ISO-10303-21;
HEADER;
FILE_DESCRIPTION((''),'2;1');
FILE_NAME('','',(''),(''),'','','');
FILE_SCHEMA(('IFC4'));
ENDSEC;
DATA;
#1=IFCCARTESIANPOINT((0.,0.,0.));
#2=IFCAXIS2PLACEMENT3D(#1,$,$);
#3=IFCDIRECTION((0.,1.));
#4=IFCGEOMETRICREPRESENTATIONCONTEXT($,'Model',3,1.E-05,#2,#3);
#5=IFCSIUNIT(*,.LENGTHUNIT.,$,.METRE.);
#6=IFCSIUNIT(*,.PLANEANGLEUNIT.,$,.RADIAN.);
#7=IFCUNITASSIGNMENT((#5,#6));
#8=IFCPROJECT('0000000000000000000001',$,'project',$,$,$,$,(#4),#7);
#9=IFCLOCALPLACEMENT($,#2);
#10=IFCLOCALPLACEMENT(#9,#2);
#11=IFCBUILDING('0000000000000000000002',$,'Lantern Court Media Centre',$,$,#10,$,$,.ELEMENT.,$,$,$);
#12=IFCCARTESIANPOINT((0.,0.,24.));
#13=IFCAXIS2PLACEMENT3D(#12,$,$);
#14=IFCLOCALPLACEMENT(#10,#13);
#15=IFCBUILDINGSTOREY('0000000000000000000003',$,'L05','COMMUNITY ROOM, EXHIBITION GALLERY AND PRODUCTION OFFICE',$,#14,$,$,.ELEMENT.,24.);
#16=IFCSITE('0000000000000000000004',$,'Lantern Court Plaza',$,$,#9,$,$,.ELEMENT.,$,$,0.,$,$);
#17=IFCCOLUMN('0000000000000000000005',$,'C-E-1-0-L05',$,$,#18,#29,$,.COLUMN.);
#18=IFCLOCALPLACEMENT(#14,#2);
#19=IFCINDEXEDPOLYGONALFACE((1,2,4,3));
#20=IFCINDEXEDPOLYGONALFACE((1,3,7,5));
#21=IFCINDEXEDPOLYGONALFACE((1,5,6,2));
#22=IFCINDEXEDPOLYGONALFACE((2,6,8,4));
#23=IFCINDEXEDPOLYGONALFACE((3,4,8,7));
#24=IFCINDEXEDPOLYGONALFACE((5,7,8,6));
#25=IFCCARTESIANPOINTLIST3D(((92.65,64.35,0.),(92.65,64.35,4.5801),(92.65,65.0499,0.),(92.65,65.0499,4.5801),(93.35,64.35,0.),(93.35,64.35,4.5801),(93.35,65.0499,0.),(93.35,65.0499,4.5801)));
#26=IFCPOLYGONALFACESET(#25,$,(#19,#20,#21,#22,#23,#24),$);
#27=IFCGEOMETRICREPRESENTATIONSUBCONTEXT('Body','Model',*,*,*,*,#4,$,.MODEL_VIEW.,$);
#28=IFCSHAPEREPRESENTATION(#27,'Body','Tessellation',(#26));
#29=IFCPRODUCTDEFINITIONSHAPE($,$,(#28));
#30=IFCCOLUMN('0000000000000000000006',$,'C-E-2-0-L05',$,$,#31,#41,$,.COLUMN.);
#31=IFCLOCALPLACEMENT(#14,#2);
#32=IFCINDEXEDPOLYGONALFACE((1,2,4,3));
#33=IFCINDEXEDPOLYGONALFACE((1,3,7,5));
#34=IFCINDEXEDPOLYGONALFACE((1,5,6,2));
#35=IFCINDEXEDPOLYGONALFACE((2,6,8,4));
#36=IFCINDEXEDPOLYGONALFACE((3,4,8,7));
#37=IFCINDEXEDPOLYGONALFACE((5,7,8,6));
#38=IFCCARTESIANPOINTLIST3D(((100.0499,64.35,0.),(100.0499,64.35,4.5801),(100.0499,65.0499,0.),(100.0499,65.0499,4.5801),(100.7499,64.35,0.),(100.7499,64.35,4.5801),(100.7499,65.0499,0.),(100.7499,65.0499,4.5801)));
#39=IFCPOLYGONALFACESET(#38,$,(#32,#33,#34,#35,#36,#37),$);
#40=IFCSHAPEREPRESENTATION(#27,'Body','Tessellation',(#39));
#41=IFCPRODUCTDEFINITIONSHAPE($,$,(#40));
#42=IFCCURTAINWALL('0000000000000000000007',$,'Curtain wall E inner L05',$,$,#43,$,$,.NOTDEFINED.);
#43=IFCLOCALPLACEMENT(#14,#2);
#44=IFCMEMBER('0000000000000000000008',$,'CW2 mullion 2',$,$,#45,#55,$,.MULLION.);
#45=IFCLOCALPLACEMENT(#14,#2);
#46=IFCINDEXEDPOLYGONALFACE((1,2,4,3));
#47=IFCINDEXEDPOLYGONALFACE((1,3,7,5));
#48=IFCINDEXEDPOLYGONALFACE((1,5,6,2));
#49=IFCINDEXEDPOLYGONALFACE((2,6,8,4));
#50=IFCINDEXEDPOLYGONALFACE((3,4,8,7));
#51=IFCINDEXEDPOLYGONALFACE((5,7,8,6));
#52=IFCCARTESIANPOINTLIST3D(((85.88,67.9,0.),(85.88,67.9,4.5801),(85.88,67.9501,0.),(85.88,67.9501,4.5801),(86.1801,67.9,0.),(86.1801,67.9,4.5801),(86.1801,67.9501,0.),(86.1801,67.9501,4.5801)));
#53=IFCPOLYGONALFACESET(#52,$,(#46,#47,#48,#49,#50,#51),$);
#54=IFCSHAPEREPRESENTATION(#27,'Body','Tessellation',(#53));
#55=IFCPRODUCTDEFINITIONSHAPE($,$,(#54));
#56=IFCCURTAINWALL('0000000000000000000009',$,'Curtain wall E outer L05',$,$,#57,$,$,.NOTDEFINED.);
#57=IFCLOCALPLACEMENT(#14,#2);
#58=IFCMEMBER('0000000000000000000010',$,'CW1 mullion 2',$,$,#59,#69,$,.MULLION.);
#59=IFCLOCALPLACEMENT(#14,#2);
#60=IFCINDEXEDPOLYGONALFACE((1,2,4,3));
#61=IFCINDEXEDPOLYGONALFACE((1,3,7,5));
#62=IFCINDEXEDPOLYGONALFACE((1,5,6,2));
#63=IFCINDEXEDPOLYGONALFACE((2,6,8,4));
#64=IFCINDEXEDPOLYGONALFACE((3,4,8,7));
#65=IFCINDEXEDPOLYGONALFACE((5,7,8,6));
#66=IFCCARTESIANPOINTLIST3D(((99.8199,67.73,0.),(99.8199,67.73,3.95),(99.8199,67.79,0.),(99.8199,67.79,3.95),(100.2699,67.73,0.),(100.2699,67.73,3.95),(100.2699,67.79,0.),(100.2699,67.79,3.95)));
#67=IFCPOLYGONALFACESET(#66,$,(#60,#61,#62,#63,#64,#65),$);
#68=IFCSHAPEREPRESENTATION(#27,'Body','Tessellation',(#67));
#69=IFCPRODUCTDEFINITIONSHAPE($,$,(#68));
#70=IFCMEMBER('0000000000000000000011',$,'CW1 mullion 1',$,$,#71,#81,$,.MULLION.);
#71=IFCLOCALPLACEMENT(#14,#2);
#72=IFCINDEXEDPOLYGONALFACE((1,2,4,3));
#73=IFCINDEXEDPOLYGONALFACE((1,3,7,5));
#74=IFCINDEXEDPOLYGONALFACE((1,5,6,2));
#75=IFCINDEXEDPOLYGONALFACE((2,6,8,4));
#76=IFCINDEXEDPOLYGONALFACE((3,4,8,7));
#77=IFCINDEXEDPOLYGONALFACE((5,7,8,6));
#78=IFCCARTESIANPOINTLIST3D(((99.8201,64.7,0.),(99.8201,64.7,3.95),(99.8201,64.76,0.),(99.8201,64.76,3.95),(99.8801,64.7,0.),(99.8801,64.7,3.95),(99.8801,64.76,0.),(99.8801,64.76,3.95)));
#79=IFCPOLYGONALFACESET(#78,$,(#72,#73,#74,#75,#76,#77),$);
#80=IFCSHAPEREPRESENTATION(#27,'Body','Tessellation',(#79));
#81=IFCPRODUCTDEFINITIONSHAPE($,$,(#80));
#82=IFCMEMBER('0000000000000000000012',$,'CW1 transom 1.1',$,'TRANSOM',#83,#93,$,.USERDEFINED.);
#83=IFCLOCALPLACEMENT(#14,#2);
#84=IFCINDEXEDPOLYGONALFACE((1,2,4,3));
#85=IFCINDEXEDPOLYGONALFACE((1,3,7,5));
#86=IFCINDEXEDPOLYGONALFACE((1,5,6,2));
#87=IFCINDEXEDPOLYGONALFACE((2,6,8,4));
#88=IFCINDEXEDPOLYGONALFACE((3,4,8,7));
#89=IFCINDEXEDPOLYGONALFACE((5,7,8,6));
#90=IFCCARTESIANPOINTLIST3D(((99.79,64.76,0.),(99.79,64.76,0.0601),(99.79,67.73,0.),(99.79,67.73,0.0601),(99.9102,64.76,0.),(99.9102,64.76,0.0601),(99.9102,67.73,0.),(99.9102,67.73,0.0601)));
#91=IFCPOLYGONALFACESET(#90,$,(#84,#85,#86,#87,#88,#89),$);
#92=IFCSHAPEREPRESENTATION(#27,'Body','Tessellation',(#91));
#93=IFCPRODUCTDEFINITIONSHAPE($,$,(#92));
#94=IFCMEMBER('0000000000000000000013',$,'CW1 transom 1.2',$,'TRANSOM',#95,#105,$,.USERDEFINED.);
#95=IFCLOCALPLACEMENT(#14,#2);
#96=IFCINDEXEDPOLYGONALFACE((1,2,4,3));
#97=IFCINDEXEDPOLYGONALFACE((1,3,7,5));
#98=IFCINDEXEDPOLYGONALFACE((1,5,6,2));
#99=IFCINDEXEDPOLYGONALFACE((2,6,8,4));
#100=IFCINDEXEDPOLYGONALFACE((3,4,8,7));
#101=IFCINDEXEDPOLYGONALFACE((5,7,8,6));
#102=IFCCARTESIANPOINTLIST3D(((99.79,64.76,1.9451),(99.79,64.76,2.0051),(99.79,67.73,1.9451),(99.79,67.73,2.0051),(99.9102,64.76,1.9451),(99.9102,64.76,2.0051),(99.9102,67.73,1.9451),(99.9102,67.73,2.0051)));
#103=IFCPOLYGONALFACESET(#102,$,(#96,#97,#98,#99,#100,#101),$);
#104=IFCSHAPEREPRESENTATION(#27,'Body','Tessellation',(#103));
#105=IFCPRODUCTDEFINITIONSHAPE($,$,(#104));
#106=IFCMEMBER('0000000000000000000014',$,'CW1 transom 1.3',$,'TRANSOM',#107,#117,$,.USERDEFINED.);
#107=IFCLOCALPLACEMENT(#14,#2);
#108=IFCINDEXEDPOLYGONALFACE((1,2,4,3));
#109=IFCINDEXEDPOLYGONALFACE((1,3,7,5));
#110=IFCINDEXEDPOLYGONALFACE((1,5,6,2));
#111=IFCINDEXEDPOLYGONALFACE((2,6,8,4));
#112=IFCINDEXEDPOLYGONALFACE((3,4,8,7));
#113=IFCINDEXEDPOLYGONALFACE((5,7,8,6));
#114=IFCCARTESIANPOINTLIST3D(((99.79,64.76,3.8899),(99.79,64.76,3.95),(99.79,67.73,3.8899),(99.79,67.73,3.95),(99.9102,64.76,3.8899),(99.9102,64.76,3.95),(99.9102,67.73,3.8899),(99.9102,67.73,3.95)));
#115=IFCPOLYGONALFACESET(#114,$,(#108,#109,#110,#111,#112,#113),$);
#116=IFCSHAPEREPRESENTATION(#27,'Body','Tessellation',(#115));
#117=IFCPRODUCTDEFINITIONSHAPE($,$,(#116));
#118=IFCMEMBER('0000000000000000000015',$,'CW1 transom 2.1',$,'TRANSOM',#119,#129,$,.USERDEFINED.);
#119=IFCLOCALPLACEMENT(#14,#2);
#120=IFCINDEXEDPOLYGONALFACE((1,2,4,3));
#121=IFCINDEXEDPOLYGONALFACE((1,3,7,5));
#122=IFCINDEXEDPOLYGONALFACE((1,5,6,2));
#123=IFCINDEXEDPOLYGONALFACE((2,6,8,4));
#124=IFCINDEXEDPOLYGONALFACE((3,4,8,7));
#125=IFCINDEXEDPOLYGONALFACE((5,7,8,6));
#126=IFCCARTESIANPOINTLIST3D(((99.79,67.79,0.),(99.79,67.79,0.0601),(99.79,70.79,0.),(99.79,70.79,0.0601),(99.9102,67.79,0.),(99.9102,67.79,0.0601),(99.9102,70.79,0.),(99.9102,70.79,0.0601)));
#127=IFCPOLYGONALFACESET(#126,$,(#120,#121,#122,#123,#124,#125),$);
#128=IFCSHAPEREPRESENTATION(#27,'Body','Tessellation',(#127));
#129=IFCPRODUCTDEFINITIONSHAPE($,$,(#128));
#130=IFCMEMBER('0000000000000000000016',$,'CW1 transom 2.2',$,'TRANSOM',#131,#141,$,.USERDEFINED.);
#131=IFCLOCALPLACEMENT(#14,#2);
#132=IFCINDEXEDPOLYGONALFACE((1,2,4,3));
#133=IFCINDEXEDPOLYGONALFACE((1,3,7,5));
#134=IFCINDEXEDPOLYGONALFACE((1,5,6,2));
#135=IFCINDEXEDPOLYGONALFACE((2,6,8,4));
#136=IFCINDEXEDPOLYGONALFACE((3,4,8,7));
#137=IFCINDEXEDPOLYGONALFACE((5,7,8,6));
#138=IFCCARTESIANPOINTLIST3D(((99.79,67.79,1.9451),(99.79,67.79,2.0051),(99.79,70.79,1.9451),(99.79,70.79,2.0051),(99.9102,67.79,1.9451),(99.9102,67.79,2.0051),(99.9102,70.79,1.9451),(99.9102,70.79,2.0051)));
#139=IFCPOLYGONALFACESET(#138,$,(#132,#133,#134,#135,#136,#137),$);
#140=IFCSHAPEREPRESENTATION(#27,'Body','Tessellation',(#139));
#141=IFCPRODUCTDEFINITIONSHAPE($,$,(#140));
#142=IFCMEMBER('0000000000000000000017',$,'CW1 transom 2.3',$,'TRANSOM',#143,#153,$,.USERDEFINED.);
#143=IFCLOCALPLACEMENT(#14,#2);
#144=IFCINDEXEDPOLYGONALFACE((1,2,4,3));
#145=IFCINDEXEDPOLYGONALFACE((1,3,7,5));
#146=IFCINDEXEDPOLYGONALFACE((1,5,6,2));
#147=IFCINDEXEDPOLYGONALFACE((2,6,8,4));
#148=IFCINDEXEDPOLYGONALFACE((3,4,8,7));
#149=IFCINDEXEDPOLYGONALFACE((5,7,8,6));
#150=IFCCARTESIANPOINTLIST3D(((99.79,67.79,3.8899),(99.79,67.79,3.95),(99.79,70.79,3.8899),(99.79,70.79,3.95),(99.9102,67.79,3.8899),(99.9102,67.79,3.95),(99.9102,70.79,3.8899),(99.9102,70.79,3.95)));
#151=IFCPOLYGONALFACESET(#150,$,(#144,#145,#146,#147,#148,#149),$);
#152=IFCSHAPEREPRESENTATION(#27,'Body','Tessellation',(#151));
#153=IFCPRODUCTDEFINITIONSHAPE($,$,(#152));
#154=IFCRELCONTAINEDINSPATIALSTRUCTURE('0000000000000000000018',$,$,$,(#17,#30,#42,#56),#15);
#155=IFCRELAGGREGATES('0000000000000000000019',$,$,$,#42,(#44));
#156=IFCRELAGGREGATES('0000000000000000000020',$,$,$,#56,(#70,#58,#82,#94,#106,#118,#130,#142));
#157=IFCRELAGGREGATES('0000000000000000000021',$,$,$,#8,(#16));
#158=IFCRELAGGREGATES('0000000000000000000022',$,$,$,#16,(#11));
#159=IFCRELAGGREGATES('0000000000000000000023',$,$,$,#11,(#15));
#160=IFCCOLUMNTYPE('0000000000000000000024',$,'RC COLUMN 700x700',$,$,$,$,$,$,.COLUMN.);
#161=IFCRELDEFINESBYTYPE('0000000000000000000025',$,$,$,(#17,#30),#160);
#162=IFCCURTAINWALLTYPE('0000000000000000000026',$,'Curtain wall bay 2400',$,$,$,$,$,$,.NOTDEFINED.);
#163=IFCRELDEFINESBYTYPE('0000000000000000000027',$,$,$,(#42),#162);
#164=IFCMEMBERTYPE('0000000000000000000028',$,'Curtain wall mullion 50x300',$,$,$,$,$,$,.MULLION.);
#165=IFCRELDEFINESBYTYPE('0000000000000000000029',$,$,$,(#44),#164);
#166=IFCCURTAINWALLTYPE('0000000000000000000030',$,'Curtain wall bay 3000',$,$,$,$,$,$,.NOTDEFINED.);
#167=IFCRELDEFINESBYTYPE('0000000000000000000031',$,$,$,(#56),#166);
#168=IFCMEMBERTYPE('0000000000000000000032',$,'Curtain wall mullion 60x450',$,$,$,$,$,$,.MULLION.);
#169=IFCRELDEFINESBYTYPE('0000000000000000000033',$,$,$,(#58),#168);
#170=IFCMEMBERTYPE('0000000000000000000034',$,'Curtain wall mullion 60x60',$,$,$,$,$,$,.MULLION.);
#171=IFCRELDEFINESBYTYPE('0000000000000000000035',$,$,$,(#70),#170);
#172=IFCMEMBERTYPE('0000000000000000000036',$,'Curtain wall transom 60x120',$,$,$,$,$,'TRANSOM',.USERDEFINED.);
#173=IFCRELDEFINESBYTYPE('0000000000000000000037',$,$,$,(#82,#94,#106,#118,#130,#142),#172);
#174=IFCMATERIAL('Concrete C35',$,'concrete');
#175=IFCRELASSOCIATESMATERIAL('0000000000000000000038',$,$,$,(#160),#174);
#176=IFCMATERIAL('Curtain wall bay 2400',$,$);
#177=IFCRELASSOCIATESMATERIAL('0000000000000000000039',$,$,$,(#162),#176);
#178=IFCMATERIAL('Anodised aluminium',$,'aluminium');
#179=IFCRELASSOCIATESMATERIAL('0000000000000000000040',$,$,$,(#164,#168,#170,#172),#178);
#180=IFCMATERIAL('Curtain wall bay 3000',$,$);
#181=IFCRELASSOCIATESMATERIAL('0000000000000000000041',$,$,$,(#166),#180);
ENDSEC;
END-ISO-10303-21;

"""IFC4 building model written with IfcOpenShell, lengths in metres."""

from ifc_helpers import new_model, si_unit, direction, frame, origin, origin_2d, place, context, subcontext, project, spatial, rectangle, extrude, material, material_profile, profile_set, type_object, element, aggregate, save


model = new_model("IFC4")

# Units and contexts
model_context = context("Model", 3, precision=1e-05, world=origin(), true_north=direction((0.0, 1.0)))
body_context = subcontext(model_context, "Body", "Model", "MODEL_VIEW")
ifc_project = project(units=[si_unit("LENGTHUNIT", "METRE"), si_unit("PLANEANGLEUNIT", "RADIAN")], contexts=[model_context])

# Site, building, storey
site_placement = place(None, origin())
site = spatial("IfcSite", under=ifc_project, at=site_placement, Name="Lantern Court Plaza", CompositionType="ELEMENT", RefElevation=0.0)
building_placement = place(site_placement, origin())
building = spatial("IfcBuilding", under=site, at=building_placement, Name="Lantern Court Media Centre", CompositionType="ELEMENT")
storey_placement = place(building_placement, frame((0.0, 0.0, 24.0)))
storey = spatial("IfcBuildingStorey", under=building, at=storey_placement, Name="L05", Description="COMMUNITY ROOM, EXHIBITION GALLERY AND PRODUCTION OFFICE", CompositionType="ELEMENT", Elevation=24.0)

# Columns
ifc_material_1 = material(Name="Concrete C35", Category="concrete")
ifc_material_profile_1 = material_profile(ifc_material_1, rectangle(XDim=0.7, YDim=0.7, at=origin_2d()), Name="RC 700x700")
ifc_profile_set_1 = profile_set([ifc_material_profile_1], Name="Concrete C35")
column_type = type_object("IfcColumnType", Name="RC COLUMN 700x700", PredefinedType="COLUMN", material=ifc_profile_set_1)
for number, where, z_axis, x_axis, name in (
    (1, (93.0, 64.7, 0.0), (0.0, 0.0, 1.0), (1.0, 0.0, 0.0), "C-E-1-0-L05"),
    (2, (100.3999, 64.7, 0.0), (0.0, 0.0, 1.0), (1.0, 0.0, 0.0), "C-E-2-0-L05"),
):
    element("IfcColumn", number, at=place(storey_placement, frame(where, z_axis=z_axis, x_axis=x_axis)), inside=storey, type_object=column_type, Name=name, PredefinedType="COLUMN", context=body_context, shape_type="SweptSolid", body=[
        extrude(rectangle(XDim=0.7, YDim=0.7, at=origin_2d()), origin(), (0.0, 0.0, 1.0), 4.5801),
    ])

# Curtain wall, member
ifc_material_2 = material(Name="Curtain wall bay 2400")
curtain_wall_type_1 = type_object("IfcCurtainWallType", Name="Curtain wall bay 2400", PredefinedType="NOTDEFINED", material=ifc_material_2)
curtain_wall_1_placement = place(storey_placement, origin())
curtain_wall_1 = element("IfcCurtainWall", 3, at=curtain_wall_1_placement, inside=storey, type_object=curtain_wall_type_1, Name="Curtain wall E inner L05", PredefinedType="NOTDEFINED")
ifc_material_3 = material(Name="Anodised aluminium", Category="aluminium")
ifc_material_profile_2 = material_profile(ifc_material_3, rectangle(XDim=0.3, YDim=0.05, at=origin_2d()), Name="AL 50x300")
ifc_profile_set_2 = profile_set([ifc_material_profile_2], Name="Anodised aluminium")
member_type_1 = type_object("IfcMemberType", Name="Curtain wall mullion 50x300", PredefinedType="MULLION", material=ifc_profile_set_2)
member_1_placement = place(storey_placement, frame((86.03, 67.925, 0.0), z_axis=(0.0, 0.0, 1.0), x_axis=(-1.0, 0.0, 0.0)))
member_1 = element("IfcMember", 4, at=member_1_placement, type_object=member_type_1, Name="CW2 mullion 2", PredefinedType="MULLION", context=body_context, shape_type="SweptSolid", body=[
    extrude(rectangle(XDim=0.3, YDim=0.05, at=origin_2d()), origin(), (0.0, 0.0, 1.0), 4.5801),
])

# Curtain wall, members
ifc_material_4 = material(Name="Curtain wall bay 3000")
curtain_wall_type_2 = type_object("IfcCurtainWallType", Name="Curtain wall bay 3000", PredefinedType="NOTDEFINED", material=ifc_material_4)
curtain_wall_2_placement = place(storey_placement, origin())
curtain_wall_2 = element("IfcCurtainWall", 5, at=curtain_wall_2_placement, inside=storey, type_object=curtain_wall_type_2, Name="Curtain wall E outer L05", PredefinedType="NOTDEFINED")
ifc_material_profile_3 = material_profile(ifc_material_3, rectangle(XDim=0.45, YDim=0.0601, at=origin_2d()), Name="AL 60x450")
ifc_profile_set_3 = profile_set([ifc_material_profile_3], Name="Anodised aluminium")
member_type_2 = type_object("IfcMemberType", Name="Curtain wall mullion 60x450", PredefinedType="MULLION", material=ifc_profile_set_3)
member_2_placement = place(storey_placement, frame((100.0449, 67.76, 0.0), z_axis=(0.0, 0.0, 1.0), x_axis=(-1.0, 0.0, 0.0)))
member_2 = element("IfcMember", 6, at=member_2_placement, type_object=member_type_2, Name="CW1 mullion 2", PredefinedType="MULLION", context=body_context, shape_type="SweptSolid", body=[
    extrude(rectangle(XDim=0.45, YDim=0.0601, at=origin_2d()), origin(), (0.0, 0.0, 1.0), 3.95),
])
ifc_material_profile_4 = material_profile(ifc_material_3, rectangle(XDim=0.0601, YDim=0.0601, at=origin_2d()), Name="AL 60x60")
ifc_profile_set_4 = profile_set([ifc_material_profile_4], Name="Anodised aluminium")
member_type_3 = type_object("IfcMemberType", Name="Curtain wall mullion 60x60", PredefinedType="MULLION", material=ifc_profile_set_4)
member_3_placement = place(storey_placement, frame((99.8501, 64.73, 0.0), z_axis=(0.0, 0.0, 1.0), x_axis=(-1.0, 0.0, 0.0)))
member_3 = element("IfcMember", 7, at=member_3_placement, type_object=member_type_3, Name="CW1 mullion 1", PredefinedType="MULLION", context=body_context, shape_type="SweptSolid", body=[
    extrude(rectangle(XDim=0.0601, YDim=0.0601, at=origin_2d()), origin(), (0.0, 0.0, 1.0), 3.95),
])
ifc_material_profile_5 = material_profile(ifc_material_3, rectangle(XDim=0.1201, YDim=0.0601, at=origin_2d()), Name="AL 60x120")
ifc_profile_set_5 = profile_set([ifc_material_profile_5], Name="Anodised aluminium")
member_type_4 = type_object("IfcMemberType", Name="Curtain wall transom 60x120", ElementType="TRANSOM", PredefinedType="USERDEFINED", material=ifc_profile_set_5)
member_4_placement = place(storey_placement, frame((99.8501, 64.76, 0.03), z_axis=(0.0, 1.0, 0.0), x_axis=(-1.0, 0.0, 0.0)))
member_4 = element("IfcMember", 8, at=member_4_placement, type_object=member_type_4, Name="CW1 transom 1.1", ObjectType="TRANSOM", PredefinedType="USERDEFINED", context=body_context, shape_type="SweptSolid", body=[
    extrude(rectangle(XDim=0.1201, YDim=0.0601, at=origin_2d()), origin(), (0.0, 0.0, 1.0), 2.97),
])
member_5_placement = place(storey_placement, frame((99.8501, 64.76, 1.9751), z_axis=(0.0, 1.0, 0.0), x_axis=(-1.0, 0.0, 0.0)))
member_5 = element("IfcMember", 9, at=member_5_placement, type_object=member_type_4, Name="CW1 transom 1.2", ObjectType="TRANSOM", PredefinedType="USERDEFINED", context=body_context, shape_type="SweptSolid", body=[
    extrude(rectangle(XDim=0.1201, YDim=0.0601, at=origin_2d()), origin(), (0.0, 0.0, 1.0), 2.97),
])
member_6_placement = place(storey_placement, frame((99.8501, 64.76, 3.9199), z_axis=(0.0, 1.0, 0.0), x_axis=(-1.0, 0.0, 0.0)))
member_6 = element("IfcMember", 10, at=member_6_placement, type_object=member_type_4, Name="CW1 transom 1.3", ObjectType="TRANSOM", PredefinedType="USERDEFINED", context=body_context, shape_type="SweptSolid", body=[
    extrude(rectangle(XDim=0.1201, YDim=0.0601, at=origin_2d()), origin(), (0.0, 0.0, 1.0), 2.97),
])
member_7_placement = place(storey_placement, frame((99.8501, 67.79, 0.03), z_axis=(0.0, 1.0, 0.0), x_axis=(-1.0, 0.0, 0.0)))
member_7 = element("IfcMember", 11, at=member_7_placement, type_object=member_type_4, Name="CW1 transom 2.1", ObjectType="TRANSOM", PredefinedType="USERDEFINED", context=body_context, shape_type="SweptSolid", body=[
    extrude(rectangle(XDim=0.1201, YDim=0.0601, at=origin_2d()), origin(), (0.0, 0.0, 1.0), 3.0),
])
member_8_placement = place(storey_placement, frame((99.8501, 67.79, 1.9751), z_axis=(0.0, 1.0, 0.0), x_axis=(-1.0, 0.0, 0.0)))
member_8 = element("IfcMember", 12, at=member_8_placement, type_object=member_type_4, Name="CW1 transom 2.2", ObjectType="TRANSOM", PredefinedType="USERDEFINED", context=body_context, shape_type="SweptSolid", body=[
    extrude(rectangle(XDim=0.1201, YDim=0.0601, at=origin_2d()), origin(), (0.0, 0.0, 1.0), 3.0),
])
member_9_placement = place(storey_placement, frame((99.8501, 67.79, 3.9199), z_axis=(0.0, 1.0, 0.0), x_axis=(-1.0, 0.0, 0.0)))
member_9 = element("IfcMember", 13, at=member_9_placement, type_object=member_type_4, Name="CW1 transom 2.3", ObjectType="TRANSOM", PredefinedType="USERDEFINED", context=body_context, shape_type="SweptSolid", body=[
    extrude(rectangle(XDim=0.1201, YDim=0.0601, at=origin_2d()), origin(), (0.0, 0.0, 1.0), 3.0),
])

aggregate(curtain_wall_1, [member_1])
aggregate(curtain_wall_2, [member_3, member_2, member_4, member_5, member_6, member_7, member_8, member_9])

save(model, "model.ifc")
